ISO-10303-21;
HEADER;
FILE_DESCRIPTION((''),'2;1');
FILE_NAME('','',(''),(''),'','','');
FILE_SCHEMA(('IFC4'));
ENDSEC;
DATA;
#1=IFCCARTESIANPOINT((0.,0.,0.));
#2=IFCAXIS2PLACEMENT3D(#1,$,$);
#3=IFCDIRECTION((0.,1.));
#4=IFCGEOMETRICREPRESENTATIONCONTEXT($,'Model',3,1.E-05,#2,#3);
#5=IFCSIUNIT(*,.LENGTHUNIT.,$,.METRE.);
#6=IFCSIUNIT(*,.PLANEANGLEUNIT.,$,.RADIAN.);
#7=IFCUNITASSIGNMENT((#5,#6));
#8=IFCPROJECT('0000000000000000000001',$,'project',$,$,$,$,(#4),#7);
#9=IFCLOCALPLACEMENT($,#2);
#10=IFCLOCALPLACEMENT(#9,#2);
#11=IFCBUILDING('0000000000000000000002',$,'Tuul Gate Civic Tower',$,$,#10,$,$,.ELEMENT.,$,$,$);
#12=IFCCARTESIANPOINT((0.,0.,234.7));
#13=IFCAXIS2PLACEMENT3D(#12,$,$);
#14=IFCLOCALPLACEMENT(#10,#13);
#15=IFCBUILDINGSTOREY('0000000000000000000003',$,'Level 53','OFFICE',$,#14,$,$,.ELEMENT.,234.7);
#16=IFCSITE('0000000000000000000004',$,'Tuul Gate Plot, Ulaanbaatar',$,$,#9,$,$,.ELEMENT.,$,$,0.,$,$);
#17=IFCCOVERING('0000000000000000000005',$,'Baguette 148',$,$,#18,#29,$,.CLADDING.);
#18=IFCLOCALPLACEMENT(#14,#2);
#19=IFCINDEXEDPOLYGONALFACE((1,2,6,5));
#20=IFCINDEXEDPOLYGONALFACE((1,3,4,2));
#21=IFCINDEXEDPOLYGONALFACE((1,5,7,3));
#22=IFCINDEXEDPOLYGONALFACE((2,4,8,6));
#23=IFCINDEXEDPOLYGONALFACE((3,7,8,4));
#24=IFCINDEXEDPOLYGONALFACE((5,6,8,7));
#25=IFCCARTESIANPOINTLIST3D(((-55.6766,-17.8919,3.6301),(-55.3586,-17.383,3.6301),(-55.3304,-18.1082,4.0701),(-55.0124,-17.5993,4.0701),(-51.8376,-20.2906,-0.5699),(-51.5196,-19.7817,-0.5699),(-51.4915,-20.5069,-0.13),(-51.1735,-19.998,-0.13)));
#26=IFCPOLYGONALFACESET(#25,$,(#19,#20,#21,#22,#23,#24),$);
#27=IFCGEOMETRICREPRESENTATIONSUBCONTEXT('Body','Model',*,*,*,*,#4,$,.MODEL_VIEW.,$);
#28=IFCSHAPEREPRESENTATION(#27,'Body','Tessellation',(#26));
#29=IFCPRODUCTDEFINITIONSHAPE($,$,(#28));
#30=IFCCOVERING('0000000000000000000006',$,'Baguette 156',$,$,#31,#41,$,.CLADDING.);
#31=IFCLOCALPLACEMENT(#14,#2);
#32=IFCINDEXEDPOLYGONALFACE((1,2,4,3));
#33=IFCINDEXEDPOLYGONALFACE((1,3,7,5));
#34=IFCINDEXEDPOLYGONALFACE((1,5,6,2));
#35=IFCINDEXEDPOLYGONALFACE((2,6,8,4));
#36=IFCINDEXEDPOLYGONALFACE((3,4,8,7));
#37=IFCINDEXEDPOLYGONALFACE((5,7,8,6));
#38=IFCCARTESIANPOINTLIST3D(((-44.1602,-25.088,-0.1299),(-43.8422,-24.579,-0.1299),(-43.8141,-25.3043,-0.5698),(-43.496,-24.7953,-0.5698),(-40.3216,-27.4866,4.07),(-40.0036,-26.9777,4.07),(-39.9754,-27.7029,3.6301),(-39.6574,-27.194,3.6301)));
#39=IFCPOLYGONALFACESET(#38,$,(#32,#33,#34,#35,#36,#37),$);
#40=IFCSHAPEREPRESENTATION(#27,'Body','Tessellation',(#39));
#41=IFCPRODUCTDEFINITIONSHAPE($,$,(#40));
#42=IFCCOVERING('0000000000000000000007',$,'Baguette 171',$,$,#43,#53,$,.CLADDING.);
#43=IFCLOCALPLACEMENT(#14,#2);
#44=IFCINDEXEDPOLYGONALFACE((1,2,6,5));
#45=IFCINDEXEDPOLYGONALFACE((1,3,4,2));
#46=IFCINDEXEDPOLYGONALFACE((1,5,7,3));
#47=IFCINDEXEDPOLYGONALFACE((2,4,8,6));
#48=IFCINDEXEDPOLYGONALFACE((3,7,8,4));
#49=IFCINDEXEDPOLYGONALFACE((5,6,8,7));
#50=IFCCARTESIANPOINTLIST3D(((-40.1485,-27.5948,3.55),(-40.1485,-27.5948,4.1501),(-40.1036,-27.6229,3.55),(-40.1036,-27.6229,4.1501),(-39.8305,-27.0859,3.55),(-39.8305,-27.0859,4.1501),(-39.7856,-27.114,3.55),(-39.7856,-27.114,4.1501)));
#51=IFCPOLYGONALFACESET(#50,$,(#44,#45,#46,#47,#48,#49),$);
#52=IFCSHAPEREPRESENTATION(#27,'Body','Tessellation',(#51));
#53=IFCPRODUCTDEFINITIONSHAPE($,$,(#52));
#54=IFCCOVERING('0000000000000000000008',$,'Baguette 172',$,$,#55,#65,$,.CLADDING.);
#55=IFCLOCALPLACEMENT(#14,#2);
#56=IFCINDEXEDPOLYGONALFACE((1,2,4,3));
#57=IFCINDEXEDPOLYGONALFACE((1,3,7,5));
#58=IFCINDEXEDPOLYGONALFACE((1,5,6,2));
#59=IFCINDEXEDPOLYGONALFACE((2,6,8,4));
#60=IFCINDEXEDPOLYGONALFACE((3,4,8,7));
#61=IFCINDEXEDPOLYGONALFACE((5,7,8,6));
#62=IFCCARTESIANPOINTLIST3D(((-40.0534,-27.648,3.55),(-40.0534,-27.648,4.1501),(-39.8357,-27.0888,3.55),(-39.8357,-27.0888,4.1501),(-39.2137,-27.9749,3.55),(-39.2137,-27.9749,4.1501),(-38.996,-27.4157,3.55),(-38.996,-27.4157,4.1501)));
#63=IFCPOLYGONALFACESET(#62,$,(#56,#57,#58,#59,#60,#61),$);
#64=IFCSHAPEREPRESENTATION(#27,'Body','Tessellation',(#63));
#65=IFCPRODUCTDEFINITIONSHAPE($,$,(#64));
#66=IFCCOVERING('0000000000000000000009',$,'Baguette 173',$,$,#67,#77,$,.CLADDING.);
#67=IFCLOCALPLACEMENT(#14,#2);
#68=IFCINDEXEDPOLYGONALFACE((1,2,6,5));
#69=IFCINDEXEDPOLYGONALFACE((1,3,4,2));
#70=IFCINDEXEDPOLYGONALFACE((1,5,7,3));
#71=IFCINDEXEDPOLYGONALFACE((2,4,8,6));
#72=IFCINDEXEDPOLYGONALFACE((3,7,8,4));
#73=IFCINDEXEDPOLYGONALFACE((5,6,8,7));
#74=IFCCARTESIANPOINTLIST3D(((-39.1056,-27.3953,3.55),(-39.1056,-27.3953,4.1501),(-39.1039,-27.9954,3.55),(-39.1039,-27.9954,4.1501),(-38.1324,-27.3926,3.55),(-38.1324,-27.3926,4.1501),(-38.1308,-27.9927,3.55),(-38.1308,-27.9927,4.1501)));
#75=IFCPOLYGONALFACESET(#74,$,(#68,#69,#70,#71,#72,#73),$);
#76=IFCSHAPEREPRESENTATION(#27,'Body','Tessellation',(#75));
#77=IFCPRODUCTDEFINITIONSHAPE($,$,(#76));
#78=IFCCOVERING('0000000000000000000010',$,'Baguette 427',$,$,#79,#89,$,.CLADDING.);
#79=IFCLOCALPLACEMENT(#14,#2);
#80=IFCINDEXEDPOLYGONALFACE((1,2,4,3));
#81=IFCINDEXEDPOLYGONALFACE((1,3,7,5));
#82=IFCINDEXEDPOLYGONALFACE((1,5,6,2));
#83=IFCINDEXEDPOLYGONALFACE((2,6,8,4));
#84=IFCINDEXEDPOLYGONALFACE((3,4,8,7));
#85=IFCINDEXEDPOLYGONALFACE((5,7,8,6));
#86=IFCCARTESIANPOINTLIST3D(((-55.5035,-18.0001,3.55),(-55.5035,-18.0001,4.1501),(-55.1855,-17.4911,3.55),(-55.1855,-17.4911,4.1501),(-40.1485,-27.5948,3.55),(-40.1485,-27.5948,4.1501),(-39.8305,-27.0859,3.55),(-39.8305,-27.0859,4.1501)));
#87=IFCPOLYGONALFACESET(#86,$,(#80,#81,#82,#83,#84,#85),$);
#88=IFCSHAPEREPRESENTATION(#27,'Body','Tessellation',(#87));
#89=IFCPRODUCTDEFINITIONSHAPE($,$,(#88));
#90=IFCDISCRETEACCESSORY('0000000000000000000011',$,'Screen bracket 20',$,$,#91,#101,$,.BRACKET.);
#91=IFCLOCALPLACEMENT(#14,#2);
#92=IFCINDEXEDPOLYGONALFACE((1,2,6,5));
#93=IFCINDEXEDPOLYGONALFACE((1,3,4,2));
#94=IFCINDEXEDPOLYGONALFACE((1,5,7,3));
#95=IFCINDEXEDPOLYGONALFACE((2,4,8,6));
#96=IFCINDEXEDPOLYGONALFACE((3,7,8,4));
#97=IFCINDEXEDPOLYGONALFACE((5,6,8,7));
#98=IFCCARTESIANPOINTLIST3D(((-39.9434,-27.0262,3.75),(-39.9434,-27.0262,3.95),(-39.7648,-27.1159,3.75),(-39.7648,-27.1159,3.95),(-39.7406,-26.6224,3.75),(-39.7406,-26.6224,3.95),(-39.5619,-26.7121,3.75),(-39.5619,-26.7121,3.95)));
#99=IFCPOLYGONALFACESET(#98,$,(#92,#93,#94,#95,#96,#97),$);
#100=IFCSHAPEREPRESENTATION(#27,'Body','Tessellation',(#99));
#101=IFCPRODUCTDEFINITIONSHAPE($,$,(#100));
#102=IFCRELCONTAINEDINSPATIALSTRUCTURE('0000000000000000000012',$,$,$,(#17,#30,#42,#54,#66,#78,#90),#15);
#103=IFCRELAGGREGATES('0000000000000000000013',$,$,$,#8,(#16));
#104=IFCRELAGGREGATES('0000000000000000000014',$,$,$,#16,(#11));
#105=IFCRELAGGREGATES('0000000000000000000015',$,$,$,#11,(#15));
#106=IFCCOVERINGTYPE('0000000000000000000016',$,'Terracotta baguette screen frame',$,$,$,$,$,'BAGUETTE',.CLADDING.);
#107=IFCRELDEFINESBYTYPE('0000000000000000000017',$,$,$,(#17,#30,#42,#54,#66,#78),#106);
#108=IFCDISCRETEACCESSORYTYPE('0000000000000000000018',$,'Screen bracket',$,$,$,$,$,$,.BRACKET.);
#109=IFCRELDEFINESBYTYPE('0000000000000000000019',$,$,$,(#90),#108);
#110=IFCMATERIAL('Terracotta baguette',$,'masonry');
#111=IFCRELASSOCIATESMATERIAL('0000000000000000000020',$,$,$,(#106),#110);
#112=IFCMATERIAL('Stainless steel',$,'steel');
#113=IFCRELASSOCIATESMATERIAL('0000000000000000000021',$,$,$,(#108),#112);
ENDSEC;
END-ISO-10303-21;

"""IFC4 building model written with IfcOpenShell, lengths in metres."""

from ifc_helpers import new_model, si_unit, direction, frame, origin, origin_2d, place, context, subcontext, project, spatial, rectangle, extrude, material, material_profile, profile_set, type_object, element, save


model = new_model("IFC4")

# Units and contexts
model_context = context("Model", 3, precision=1e-05, world=origin(), true_north=direction((0.0, 1.0)))
body_context = subcontext(model_context, "Body", "Model", "MODEL_VIEW")
ifc_project = project(units=[si_unit("LENGTHUNIT", "METRE"), si_unit("PLANEANGLEUNIT", "RADIAN")], contexts=[model_context])

# Site, building, storey
site_placement = place(None, origin())
site = spatial("IfcSite", under=ifc_project, at=site_placement, Name="Tuul Gate Plot, Ulaanbaatar", CompositionType="ELEMENT", RefElevation=0.0)
building_placement = place(site_placement, origin())
building = spatial("IfcBuilding", under=site, at=building_placement, Name="Tuul Gate Civic Tower", CompositionType="ELEMENT")
storey_placement = place(building_placement, frame((0.0, 0.0, 234.7)))
storey = spatial("IfcBuildingStorey", under=building, at=storey_placement, Name="Level 53", Description="OFFICE", CompositionType="ELEMENT", Elevation=234.7)

# Coverings
ifc_material_1 = material(Name="Terracotta baguette", Category="masonry")
ifc_material_profile_1 = material_profile(ifc_material_1, rectangle(XDim=0.6001, YDim=0.6001, at=origin_2d()), Name="Terracotta baguette screen frame")
ifc_profile_set_1 = profile_set([ifc_material_profile_1], Name="Terracotta baguette")
covering_type = type_object("IfcCoveringType", Name="Terracotta baguette screen frame", ElementType="BAGUETTE", PredefinedType="CLADDING", material=ifc_profile_set_1)
covering_1_placement = place(storey_placement, frame((-55.3445, -17.7456, 3.8501), z_axis=(0.621683, -0.388453, -0.680158), x_axis=(0.529902, 0.848059, 0.0)))
element("IfcCovering", 1, at=covering_1_placement, inside=storey, type_object=covering_type, Name="Baguette 148", PredefinedType="CLADDING", context=body_context, shape_type="SweptSolid", body=[
    extrude(rectangle(XDim=0.6001, YDim=0.6001, at=origin_2d()), origin(), (0.0, 0.0, 1.0), 6.175),
])
covering_2_placement = place(storey_placement, frame((-43.8281, -24.9417, -0.3499), z_axis=(0.621658, -0.388462, 0.680175), x_axis=(0.529926, 0.848044, 0.0)))
element("IfcCovering", 2, at=covering_2_placement, inside=storey, type_object=covering_type, Name="Baguette 156", PredefinedType="CLADDING", context=body_context, shape_type="SweptSolid", body=[
    extrude(rectangle(XDim=0.6001, YDim=0.6001, at=origin_2d()), origin(), (0.0, 0.0, 1.0), 6.1748),
])
covering_3_placement = place(storey_placement, frame((-39.9895, -27.3403, 3.8501), z_axis=(0.847998, -0.529999, 0.0), x_axis=(0.529999, 0.847998, 0.0)))
element("IfcCovering", 3, at=covering_3_placement, inside=storey, type_object=covering_type, Name="Baguette 171", PredefinedType="CLADDING", context=body_context, shape_type="SweptSolid", body=[
    extrude(rectangle(XDim=0.6001, YDim=0.6001, at=origin_2d()), origin(), (0.0, 0.0, 1.0), 0.053),
])
covering_4_placement = place(storey_placement, frame((-39.9446, -27.3684, 3.8501), z_axis=(0.931893, -0.362734, 0.0), x_axis=(0.362734, 0.931893, 0.0)))
element("IfcCovering", 4, at=covering_4_placement, inside=storey, type_object=covering_type, Name="Baguette 172", PredefinedType="CLADDING", context=body_context, shape_type="SweptSolid", body=[
    extrude(rectangle(XDim=0.6001, YDim=0.6001, at=origin_2d()), origin(), (0.0, 0.0, 1.0), 0.9011),
])
covering_5_placement = place(storey_placement, frame((-39.1047, -27.6953, 3.8501), z_axis=(0.999996, 0.00276, 0.0), x_axis=(-0.00276, 0.999996, 0.0)))
element("IfcCovering", 5, at=covering_5_placement, inside=storey, type_object=covering_type, Name="Baguette 173", PredefinedType="CLADDING", context=body_context, shape_type="SweptSolid", body=[
    extrude(rectangle(XDim=0.6001, YDim=0.6001, at=origin_2d()), origin(), (0.0, 0.0, 1.0), 0.9731),
])
covering_6_placement = place(storey_placement, frame((-55.3445, -17.7456, 3.8501), z_axis=(0.848051, -0.529914, 0.0), x_axis=(0.529914, 0.848051, 0.0)))
element("IfcCovering", 6, at=covering_6_placement, inside=storey, type_object=covering_type, Name="Baguette 427", PredefinedType="CLADDING", context=body_context, shape_type="SweptSolid", body=[
    extrude(rectangle(XDim=0.6001, YDim=0.6001, at=origin_2d()), origin(), (0.0, 0.0, 1.0), 18.1062),
])

# Discrete accessory
ifc_material_2 = material(Name="Stainless steel", Category="steel")
discrete_accessory_type = type_object("IfcDiscreteAccessoryType", Name="Screen bracket", PredefinedType="BRACKET", material=ifc_material_2)
discrete_accessory_placement = place(storey_placement, frame((-39.7527, -26.8691, 3.75), z_axis=(0.0, 0.0, 1.0), x_axis=(-0.448843, -0.89361, 0.0)))
element("IfcDiscreteAccessory", 7, at=discrete_accessory_placement, inside=storey, type_object=discrete_accessory_type, Name="Screen bracket 20", PredefinedType="BRACKET", context=body_context, shape_type="SweptSolid", body=[
    extrude(rectangle(XDim=0.4519, YDim=0.2, at=origin_2d()), origin(), (0.0, 0.0, 1.0), 0.2),
])

save(model, "model.ifc")
